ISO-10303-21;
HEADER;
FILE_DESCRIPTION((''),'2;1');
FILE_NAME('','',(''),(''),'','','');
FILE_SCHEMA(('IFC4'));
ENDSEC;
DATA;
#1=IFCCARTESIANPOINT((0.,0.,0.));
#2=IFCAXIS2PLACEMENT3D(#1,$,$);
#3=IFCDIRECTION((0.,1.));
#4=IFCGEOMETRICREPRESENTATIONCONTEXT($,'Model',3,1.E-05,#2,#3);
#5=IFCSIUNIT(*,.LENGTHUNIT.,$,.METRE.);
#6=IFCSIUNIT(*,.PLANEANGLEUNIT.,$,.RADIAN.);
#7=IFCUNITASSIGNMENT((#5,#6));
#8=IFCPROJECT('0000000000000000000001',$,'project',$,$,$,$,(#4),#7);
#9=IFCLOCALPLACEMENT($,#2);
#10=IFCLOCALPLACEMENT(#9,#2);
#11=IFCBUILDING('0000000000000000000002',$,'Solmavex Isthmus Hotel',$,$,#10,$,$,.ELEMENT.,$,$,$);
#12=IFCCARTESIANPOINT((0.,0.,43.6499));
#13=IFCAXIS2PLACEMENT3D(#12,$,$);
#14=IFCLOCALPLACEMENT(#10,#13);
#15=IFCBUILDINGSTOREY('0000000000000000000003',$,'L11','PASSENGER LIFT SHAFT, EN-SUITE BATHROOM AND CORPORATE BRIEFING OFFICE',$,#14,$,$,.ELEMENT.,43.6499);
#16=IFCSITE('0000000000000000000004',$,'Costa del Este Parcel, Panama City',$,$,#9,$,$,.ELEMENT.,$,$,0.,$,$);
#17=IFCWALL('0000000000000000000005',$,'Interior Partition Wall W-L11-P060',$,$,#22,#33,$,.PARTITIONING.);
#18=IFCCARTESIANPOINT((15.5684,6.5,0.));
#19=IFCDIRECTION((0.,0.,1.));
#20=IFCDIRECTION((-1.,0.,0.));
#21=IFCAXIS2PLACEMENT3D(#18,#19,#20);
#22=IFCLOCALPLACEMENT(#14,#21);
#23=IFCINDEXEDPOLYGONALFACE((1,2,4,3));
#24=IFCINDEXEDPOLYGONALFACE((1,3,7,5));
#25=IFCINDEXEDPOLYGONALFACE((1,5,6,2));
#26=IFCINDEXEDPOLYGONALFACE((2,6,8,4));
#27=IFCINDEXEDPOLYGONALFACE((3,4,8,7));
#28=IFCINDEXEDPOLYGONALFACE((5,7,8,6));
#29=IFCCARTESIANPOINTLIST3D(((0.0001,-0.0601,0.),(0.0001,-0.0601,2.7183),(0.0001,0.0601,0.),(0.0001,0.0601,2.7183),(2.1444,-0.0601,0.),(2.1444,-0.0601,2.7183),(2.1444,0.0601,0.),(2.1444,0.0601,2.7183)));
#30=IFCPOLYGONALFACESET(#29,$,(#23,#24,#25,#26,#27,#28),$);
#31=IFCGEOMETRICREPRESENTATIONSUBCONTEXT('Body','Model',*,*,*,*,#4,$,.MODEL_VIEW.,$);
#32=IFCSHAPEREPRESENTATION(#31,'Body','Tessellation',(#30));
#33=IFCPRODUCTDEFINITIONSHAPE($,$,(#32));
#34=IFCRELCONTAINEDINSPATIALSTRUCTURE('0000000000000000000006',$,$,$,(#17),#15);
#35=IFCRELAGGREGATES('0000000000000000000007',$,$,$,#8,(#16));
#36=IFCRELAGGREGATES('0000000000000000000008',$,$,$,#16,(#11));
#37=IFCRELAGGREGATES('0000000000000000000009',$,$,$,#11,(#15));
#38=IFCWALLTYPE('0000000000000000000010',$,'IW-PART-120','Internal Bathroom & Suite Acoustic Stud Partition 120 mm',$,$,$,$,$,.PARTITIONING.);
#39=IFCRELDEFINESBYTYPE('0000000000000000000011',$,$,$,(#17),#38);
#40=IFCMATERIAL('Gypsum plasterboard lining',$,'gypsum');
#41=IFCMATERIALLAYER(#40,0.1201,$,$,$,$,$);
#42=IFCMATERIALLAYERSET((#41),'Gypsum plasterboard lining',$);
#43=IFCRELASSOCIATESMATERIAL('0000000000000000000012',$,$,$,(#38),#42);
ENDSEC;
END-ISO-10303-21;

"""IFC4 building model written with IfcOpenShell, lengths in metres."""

from ifc_helpers import new_model, si_unit, direction, frame, frame_2d, origin, place, context, subcontext, project, spatial, rectangle, extrude, material, layer, layer_set, type_object, element, save


model = new_model("IFC4")

# Units and contexts
model_context = context("Model", 3, precision=1e-05, world=origin(), true_north=direction((0.0, 1.0)))
body_context = subcontext(model_context, "Body", "Model", "MODEL_VIEW")
ifc_project = project(units=[si_unit("LENGTHUNIT", "METRE"), si_unit("PLANEANGLEUNIT", "RADIAN")], contexts=[model_context])

# Site, building, storey
site_placement = place(None, origin())
site = spatial("IfcSite", under=ifc_project, at=site_placement, Name="Costa del Este Parcel, Panama City", CompositionType="ELEMENT", RefElevation=0.0)
building_placement = place(site_placement, origin())
building = spatial("IfcBuilding", under=site, at=building_placement, Name="Solmavex Isthmus Hotel", CompositionType="ELEMENT")
storey_placement = place(building_placement, frame((0.0, 0.0, 43.6499)))
storey = spatial("IfcBuildingStorey", under=building, at=storey_placement, Name="L11", Description="PASSENGER LIFT SHAFT, EN-SUITE BATHROOM AND CORPORATE BRIEFING OFFICE", CompositionType="ELEMENT", Elevation=43.6499)

# Shared definitions
ifc_material_1 = material(Name="Gypsum plasterboard lining", Category="gypsum")

# Shared definitions
ifc_layer_1 = layer(ifc_material_1, 0.1201)
ifc_layer_set_1 = layer_set([ifc_layer_1], Name="Gypsum plasterboard lining")
wall_type_1 = type_object("IfcWallType", Name="IW-PART-120", Description="Internal Bathroom & Suite Acoustic Stud Partition 120 mm", PredefinedType="PARTITIONING", material=ifc_layer_set_1)

# Wall
wall_1_placement = place(storey_placement, frame((15.5684, 6.5, 0.0), z_axis=(0.0, 0.0, 1.0), x_axis=(-1.0, 0.0, 0.0)))
element("IfcWall", 1, at=wall_1_placement, inside=storey, type_object=wall_type_1, Name="Interior Partition Wall W-L11-P060", PredefinedType="PARTITIONING", context=body_context, shape_type="SweptSolid", body=[
    extrude(rectangle(XDim=2.1443, YDim=0.1201, at=frame_2d((1.0723, 0.0))), origin(), (0.0, 0.0, 1.0), 2.7183),
])

save(model, "model.ifc")
